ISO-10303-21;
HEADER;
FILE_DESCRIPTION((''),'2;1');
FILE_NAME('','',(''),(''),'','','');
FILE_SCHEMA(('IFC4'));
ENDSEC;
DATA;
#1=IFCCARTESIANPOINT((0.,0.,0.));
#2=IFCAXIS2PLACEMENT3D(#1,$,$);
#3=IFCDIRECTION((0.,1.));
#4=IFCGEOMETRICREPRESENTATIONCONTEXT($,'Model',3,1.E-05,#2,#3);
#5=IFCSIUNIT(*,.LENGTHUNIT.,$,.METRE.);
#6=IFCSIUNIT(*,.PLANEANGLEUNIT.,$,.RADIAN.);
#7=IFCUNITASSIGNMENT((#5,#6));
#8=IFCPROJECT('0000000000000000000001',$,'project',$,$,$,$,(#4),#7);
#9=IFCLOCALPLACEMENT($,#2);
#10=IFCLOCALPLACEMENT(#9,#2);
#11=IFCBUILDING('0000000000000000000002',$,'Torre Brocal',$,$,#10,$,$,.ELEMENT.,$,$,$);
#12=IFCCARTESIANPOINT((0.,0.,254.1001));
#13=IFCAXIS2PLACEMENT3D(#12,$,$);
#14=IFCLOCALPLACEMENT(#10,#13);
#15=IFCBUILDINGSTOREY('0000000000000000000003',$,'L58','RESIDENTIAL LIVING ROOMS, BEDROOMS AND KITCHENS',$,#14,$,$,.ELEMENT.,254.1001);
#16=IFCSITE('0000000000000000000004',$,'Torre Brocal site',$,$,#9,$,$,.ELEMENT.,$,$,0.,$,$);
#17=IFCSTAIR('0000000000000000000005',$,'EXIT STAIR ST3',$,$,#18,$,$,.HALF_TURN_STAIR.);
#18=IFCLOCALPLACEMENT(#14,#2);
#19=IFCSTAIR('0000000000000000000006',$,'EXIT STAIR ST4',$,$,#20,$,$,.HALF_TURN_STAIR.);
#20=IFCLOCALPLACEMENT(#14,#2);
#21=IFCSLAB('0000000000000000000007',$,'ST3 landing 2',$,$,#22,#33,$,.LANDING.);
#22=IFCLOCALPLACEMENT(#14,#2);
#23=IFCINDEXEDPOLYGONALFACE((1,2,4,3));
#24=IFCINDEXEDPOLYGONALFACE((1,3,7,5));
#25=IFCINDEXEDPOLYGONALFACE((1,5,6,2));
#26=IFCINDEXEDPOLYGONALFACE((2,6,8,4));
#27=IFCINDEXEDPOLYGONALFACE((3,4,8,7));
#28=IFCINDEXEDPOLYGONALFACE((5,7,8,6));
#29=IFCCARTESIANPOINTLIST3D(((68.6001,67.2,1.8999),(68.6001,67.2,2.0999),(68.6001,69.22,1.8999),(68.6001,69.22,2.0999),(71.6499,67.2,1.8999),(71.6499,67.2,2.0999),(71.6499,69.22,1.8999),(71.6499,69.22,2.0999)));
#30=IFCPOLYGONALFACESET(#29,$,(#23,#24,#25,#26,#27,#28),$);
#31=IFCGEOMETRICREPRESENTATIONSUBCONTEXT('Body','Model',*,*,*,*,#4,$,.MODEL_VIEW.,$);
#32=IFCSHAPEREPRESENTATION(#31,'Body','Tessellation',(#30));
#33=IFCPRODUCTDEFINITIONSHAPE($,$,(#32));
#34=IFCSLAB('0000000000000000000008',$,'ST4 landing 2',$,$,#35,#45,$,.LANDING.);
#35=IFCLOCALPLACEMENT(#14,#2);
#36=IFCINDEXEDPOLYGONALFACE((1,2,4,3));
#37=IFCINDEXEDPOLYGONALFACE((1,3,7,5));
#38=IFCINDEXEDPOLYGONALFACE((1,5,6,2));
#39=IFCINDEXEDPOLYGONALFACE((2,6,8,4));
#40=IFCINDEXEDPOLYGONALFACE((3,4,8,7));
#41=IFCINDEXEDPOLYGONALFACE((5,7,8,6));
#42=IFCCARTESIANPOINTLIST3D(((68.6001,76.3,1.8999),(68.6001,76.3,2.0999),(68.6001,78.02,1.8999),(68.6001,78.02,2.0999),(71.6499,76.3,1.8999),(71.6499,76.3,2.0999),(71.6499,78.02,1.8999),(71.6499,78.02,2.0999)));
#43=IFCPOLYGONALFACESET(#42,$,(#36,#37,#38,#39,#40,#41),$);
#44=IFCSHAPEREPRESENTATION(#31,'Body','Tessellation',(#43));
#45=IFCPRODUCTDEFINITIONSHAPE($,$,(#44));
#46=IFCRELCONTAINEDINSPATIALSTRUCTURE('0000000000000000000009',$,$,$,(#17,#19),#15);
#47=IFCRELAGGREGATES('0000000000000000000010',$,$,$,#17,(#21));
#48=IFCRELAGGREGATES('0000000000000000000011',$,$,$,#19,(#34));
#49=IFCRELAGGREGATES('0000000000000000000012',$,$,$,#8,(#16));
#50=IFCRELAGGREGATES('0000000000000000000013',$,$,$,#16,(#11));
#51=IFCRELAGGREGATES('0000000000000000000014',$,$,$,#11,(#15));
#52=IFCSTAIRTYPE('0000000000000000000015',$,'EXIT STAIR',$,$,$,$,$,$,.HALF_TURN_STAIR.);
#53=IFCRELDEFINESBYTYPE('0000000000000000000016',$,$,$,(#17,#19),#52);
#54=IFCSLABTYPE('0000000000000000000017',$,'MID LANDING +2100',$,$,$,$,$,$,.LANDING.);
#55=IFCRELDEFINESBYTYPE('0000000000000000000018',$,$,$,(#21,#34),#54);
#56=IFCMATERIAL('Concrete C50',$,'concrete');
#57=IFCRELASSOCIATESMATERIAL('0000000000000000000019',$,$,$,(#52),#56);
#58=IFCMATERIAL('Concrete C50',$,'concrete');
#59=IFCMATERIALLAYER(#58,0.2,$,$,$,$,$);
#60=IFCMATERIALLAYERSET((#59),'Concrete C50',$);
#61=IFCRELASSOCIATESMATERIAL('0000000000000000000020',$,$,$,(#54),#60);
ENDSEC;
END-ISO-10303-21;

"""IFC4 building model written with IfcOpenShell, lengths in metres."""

from ifc_helpers import new_model, si_unit, direction, frame, origin, place, context, subcontext, project, spatial, polyline, outline, extrude, material, layer, layer_set, type_object, element, aggregate, save


model = new_model("IFC4")

# Units and contexts
model_context = context("Model", 3, precision=1e-05, world=origin(), true_north=direction((0.0, 1.0)))
body_context = subcontext(model_context, "Body", "Model", "MODEL_VIEW")
ifc_project = project(units=[si_unit("LENGTHUNIT", "METRE"), si_unit("PLANEANGLEUNIT", "RADIAN")], contexts=[model_context])

# Site, building, storey
site_placement = place(None, origin())
site = spatial("IfcSite", under=ifc_project, at=site_placement, Name="Torre Brocal site", CompositionType="ELEMENT", RefElevation=0.0)
building_placement = place(site_placement, origin())
building = spatial("IfcBuilding", under=site, at=building_placement, Name="Torre Brocal", CompositionType="ELEMENT")
storey_placement = place(building_placement, frame((0.0, 0.0, 254.1001)))
storey = spatial("IfcBuildingStorey", under=building, at=storey_placement, Name="L58", Description="RESIDENTIAL LIVING ROOMS, BEDROOMS AND KITCHENS", CompositionType="ELEMENT", Elevation=254.1001)

# Stairs
ifc_material_1 = material(Name="Concrete C50", Category="concrete")
stair_type = type_object("IfcStairType", Name="EXIT STAIR", PredefinedType="HALF_TURN_STAIR", material=ifc_material_1)
stair_1_placement = place(storey_placement, origin())
stair_1 = element("IfcStair", 1, at=stair_1_placement, inside=storey, type_object=stair_type, Name="EXIT STAIR ST3", PredefinedType="HALF_TURN_STAIR")
stair_2_placement = place(storey_placement, origin())
stair_2 = element("IfcStair", 2, at=stair_2_placement, inside=storey, type_object=stair_type, Name="EXIT STAIR ST4", PredefinedType="HALF_TURN_STAIR")

# Slabs
ifc_material_2 = material(Name="Concrete C50", Category="concrete")
ifc_layer_1 = layer(ifc_material_2, 0.2)
ifc_layer_set_1 = layer_set([ifc_layer_1], Name="Concrete C50")
slab_type_1 = type_object("IfcSlabType", Name="MID LANDING +2100", PredefinedType="LANDING", material=ifc_layer_set_1)
slab_1_placement = place(storey_placement, frame((0.0, 0.0, 1.8999)))
slab_1 = element("IfcSlab", 3, at=slab_1_placement, type_object=slab_type_1, Name="ST3 landing 2", PredefinedType="LANDING", context=body_context, shape_type="SweptSolid", body=[
    extrude(outline(polyline([(71.6499, 69.22), (68.6001, 69.22), (68.6001, 67.2), (71.6499, 67.2), (71.6499, 69.22)])), origin(), (0.0, 0.0, 1.0), 0.2),
])
aggregate(stair_1, [slab_1])
slab_2_placement = place(storey_placement, frame((0.0, 0.0, 1.8999)))
slab_2 = element("IfcSlab", 4, at=slab_2_placement, type_object=slab_type_1, Name="ST4 landing 2", PredefinedType="LANDING", context=body_context, shape_type="SweptSolid", body=[
    extrude(outline(polyline([(71.6499, 78.02), (68.6001, 78.02), (68.6001, 76.3), (71.6499, 76.3), (71.6499, 78.02)])), origin(), (0.0, 0.0, 1.0), 0.2),
])
aggregate(stair_2, [slab_2])

save(model, "model.ifc")
